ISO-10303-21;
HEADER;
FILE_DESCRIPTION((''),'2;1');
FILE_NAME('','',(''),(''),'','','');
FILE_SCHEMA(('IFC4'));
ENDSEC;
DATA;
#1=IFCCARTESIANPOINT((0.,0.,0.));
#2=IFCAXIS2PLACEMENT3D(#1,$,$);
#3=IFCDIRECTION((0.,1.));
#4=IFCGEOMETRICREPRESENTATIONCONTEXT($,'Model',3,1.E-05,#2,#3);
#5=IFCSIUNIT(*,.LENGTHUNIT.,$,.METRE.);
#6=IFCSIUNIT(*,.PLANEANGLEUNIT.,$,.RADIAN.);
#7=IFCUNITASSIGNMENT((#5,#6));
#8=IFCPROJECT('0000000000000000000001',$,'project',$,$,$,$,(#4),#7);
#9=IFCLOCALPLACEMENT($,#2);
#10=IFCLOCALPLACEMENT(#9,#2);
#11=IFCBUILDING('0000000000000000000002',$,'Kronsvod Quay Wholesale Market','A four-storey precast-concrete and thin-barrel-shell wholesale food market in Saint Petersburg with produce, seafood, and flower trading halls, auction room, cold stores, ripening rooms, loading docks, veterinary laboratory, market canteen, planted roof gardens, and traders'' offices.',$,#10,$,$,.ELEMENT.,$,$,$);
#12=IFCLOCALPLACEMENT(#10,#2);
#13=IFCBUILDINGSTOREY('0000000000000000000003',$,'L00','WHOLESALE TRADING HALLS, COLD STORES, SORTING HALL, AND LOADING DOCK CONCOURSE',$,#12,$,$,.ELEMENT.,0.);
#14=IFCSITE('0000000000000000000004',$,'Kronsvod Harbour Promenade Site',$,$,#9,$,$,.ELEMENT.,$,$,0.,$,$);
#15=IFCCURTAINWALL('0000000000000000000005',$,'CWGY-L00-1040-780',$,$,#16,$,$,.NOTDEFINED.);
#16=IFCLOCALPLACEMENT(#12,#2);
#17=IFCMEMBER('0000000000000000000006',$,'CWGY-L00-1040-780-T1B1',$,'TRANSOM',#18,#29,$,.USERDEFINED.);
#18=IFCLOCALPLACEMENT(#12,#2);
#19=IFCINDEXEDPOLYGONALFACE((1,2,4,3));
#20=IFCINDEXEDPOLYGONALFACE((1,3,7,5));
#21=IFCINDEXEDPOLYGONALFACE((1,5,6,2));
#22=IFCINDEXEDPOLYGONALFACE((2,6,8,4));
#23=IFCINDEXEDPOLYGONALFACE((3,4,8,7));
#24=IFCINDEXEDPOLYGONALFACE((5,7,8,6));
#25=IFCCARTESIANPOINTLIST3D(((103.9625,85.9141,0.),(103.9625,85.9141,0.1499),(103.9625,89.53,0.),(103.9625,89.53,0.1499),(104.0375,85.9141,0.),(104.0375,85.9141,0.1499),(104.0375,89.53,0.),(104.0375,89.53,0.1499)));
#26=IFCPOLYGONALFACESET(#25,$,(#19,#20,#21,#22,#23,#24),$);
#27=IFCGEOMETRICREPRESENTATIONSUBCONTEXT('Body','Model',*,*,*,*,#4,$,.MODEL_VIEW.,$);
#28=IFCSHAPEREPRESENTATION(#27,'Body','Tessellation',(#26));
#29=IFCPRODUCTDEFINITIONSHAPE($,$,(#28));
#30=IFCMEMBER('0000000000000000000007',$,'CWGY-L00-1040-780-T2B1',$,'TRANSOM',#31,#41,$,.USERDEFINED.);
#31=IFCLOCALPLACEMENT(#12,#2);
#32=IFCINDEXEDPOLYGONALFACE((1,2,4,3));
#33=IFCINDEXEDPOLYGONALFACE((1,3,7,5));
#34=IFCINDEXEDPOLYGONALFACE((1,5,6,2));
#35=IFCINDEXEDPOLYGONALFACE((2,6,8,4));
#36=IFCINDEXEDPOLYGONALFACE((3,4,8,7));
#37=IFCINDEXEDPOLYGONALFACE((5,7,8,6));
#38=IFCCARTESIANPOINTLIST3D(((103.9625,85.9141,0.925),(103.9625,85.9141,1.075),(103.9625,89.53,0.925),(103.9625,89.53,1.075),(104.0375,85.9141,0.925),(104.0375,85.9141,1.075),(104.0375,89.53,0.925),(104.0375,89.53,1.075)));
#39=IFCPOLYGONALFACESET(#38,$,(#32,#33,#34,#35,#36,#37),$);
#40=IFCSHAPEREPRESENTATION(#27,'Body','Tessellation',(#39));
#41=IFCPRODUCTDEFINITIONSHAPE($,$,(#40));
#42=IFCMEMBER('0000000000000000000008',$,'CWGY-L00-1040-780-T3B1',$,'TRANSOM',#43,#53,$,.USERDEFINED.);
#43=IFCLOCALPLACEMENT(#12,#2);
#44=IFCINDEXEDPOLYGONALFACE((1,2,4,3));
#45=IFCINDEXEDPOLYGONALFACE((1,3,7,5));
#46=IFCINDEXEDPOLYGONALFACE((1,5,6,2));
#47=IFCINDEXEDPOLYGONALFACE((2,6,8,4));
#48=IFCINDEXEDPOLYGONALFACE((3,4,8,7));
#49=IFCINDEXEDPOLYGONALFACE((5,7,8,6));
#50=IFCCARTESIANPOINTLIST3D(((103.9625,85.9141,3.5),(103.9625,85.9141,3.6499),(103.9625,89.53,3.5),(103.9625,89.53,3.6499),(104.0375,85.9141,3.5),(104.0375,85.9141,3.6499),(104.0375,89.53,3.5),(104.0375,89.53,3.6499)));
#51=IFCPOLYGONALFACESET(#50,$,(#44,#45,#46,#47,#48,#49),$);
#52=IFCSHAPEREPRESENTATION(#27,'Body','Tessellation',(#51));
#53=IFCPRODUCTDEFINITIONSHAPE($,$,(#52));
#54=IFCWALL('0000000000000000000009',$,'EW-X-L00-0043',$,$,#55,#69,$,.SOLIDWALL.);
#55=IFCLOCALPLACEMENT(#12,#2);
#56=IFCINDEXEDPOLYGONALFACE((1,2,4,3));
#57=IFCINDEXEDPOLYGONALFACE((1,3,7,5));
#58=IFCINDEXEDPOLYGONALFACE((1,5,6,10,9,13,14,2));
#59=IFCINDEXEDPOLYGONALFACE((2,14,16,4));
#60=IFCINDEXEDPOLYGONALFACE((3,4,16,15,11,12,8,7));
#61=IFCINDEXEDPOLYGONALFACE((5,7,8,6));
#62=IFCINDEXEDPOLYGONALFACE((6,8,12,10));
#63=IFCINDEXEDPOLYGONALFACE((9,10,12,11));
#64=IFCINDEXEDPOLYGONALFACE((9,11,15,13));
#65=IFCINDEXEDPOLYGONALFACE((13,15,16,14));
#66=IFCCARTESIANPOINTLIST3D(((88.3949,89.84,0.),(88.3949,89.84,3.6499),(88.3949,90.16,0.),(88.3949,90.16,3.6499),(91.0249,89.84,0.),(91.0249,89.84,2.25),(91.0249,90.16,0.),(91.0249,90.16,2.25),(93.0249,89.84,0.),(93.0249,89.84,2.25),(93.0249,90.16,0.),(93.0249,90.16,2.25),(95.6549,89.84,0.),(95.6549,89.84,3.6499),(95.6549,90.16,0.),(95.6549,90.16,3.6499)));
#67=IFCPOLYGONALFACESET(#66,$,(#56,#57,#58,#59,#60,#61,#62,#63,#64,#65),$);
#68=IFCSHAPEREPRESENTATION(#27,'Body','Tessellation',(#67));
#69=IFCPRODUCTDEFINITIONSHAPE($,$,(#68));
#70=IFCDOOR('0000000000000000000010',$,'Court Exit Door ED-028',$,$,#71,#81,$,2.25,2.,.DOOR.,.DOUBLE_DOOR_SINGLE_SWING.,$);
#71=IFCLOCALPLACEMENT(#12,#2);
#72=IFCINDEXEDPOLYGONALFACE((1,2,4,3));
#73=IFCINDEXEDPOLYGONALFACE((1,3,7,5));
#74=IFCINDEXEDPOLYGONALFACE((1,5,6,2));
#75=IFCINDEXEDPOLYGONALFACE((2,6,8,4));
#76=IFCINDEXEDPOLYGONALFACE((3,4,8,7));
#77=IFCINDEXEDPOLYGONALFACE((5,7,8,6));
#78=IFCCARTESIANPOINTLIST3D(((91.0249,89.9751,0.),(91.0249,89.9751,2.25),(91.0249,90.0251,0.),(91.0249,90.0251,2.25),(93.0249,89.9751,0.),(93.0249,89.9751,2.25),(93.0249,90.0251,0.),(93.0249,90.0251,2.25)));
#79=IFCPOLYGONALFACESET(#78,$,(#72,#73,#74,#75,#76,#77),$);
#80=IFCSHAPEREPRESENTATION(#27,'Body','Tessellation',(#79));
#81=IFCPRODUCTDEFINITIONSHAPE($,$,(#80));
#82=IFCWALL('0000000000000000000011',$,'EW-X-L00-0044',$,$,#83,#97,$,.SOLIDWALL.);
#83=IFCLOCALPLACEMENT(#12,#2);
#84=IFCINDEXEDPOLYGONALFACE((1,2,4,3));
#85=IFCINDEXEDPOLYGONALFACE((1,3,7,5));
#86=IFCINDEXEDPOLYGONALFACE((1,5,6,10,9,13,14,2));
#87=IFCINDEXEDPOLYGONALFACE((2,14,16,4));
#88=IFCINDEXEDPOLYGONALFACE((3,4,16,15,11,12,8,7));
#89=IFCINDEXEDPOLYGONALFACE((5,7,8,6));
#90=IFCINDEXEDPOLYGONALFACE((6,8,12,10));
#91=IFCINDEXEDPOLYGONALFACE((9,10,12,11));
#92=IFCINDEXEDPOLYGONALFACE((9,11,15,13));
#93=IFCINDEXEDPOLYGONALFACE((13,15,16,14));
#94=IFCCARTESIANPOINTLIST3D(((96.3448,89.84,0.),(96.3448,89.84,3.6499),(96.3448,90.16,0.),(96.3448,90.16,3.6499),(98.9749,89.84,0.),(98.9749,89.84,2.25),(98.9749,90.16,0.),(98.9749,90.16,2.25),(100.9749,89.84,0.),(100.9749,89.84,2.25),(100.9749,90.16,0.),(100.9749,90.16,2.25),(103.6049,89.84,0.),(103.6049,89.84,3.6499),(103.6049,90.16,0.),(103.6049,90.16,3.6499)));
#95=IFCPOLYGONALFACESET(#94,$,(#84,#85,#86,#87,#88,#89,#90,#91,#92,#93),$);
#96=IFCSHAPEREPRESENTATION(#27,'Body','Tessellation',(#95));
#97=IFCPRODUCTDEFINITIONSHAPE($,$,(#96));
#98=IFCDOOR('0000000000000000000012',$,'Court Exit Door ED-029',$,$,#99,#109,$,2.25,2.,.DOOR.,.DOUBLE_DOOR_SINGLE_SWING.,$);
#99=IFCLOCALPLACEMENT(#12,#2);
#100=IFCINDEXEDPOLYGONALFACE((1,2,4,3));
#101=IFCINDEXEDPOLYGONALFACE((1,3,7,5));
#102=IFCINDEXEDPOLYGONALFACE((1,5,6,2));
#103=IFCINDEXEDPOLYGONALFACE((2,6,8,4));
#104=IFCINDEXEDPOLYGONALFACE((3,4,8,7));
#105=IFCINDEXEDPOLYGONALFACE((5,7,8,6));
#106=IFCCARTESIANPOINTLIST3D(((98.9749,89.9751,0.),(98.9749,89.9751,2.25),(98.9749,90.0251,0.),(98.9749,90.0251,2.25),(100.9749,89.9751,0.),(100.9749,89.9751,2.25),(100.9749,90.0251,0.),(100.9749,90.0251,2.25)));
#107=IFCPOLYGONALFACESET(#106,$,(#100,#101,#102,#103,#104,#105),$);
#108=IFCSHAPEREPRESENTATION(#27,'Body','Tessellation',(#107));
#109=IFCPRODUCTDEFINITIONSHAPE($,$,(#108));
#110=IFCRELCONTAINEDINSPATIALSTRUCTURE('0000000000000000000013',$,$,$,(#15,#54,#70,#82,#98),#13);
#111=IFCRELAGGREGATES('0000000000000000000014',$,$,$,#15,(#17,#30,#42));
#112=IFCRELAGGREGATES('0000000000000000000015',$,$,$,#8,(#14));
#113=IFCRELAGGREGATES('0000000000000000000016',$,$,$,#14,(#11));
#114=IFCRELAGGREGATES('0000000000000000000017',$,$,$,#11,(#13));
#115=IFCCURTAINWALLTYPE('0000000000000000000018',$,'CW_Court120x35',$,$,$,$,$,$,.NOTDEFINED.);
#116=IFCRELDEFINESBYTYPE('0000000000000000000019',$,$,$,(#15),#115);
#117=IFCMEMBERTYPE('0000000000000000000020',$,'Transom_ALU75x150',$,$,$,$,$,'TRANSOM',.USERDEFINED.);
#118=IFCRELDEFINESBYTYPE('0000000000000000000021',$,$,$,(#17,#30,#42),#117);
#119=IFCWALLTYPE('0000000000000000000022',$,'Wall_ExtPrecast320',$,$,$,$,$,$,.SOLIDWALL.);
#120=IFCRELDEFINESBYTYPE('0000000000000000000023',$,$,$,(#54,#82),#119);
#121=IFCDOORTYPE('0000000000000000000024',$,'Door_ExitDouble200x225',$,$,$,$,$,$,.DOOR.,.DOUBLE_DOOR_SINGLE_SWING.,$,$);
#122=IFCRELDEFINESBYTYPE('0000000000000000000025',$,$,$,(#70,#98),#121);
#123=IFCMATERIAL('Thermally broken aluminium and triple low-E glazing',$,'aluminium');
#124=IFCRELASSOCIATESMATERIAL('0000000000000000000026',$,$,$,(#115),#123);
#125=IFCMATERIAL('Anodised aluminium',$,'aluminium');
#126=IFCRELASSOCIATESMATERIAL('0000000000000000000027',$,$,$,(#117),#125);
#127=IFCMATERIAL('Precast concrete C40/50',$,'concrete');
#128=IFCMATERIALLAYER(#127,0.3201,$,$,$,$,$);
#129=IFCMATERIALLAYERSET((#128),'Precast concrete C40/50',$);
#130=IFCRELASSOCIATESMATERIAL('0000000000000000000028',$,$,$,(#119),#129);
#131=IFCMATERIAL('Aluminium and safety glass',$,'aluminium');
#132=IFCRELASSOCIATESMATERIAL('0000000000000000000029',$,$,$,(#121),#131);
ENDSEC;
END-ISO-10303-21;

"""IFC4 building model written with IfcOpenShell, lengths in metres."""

from ifc_helpers import new_model, si_unit, direction, frame, frame_2d, origin, origin_2d, place, context, subcontext, project, spatial, rectangle, extrude, material, layer, layer_set, material_profile, profile_set, type_object, element, fill, aggregate, save


model = new_model("IFC4")

# Units and contexts
model_context = context("Model", 3, precision=1e-05, world=origin(), true_north=direction((0.0, 1.0)))
body_context = subcontext(model_context, "Body", "Model", "MODEL_VIEW")
ifc_project = project(units=[si_unit("LENGTHUNIT", "METRE"), si_unit("PLANEANGLEUNIT", "RADIAN")], contexts=[model_context])

# Site, building, storey
site_placement = place(None, origin())
site = spatial("IfcSite", under=ifc_project, at=site_placement, Name="Kronsvod Harbour Promenade Site", CompositionType="ELEMENT", RefElevation=0.0)
building_placement = place(site_placement, origin())
building = spatial("IfcBuilding", under=site, at=building_placement, Name="Kronsvod Quay Wholesale Market", Description="A four-storey precast-concrete and thin-barrel-shell wholesale food market in Saint Petersburg with produce, seafood, and flower trading halls, auction room, cold stores, ripening rooms, loading docks, veterinary laboratory, market canteen, planted roof gardens, and traders' offices.", CompositionType="ELEMENT")
storey_placement = place(building_placement, origin())
storey = spatial("IfcBuildingStorey", under=building, at=storey_placement, Name="L00", Description="WHOLESALE TRADING HALLS, COLD STORES, SORTING HALL, AND LOADING DOCK CONCOURSE", CompositionType="ELEMENT", Elevation=0.0)

# Shared definitions
ifc_material_1 = material(Name="Thermally broken aluminium and triple low-E glazing", Category="aluminium")
curtain_wall_type = type_object("IfcCurtainWallType", Name="CW_Court120x35", PredefinedType="NOTDEFINED", material=ifc_material_1)

# Curtain wall, members
curtain_wall_1_placement = place(storey_placement, origin())
curtain_wall_1 = element("IfcCurtainWall", 1, at=curtain_wall_1_placement, inside=storey, type_object=curtain_wall_type, Name="CWGY-L00-1040-780", PredefinedType="NOTDEFINED")
ifc_material_2 = material(Name="Anodised aluminium", Category="aluminium")
ifc_material_profile_1 = material_profile(ifc_material_2, rectangle(XDim=0.075, YDim=0.1499, at=origin_2d()), Name="ALUT75x150")
ifc_profile_set_1 = profile_set([ifc_material_profile_1], Name="Anodised aluminium")
member_type_1 = type_object("IfcMemberType", Name="Transom_ALU75x150", ElementType="TRANSOM", PredefinedType="USERDEFINED", material=ifc_profile_set_1)
member_1_placement = place(storey_placement, frame((104.0, 89.53, 0.075), z_axis=(0.0, -1.0, 0.0), x_axis=(1.0, 0.0, 0.0)))
member_1 = element("IfcMember", 2, at=member_1_placement, type_object=member_type_1, Name="CWGY-L00-1040-780-T1B1", ObjectType="TRANSOM", PredefinedType="USERDEFINED", context=body_context, shape_type="SweptSolid", body=[
    extrude(rectangle(XDim=0.075, YDim=0.1499, at=origin_2d()), origin(), (0.0, 0.0, 1.0), 3.616),
])
member_2_placement = place(storey_placement, frame((104.0, 89.53, 1.0), z_axis=(0.0, -1.0, 0.0), x_axis=(1.0, 0.0, 0.0)))
member_2 = element("IfcMember", 3, at=member_2_placement, type_object=member_type_1, Name="CWGY-L00-1040-780-T2B1", ObjectType="TRANSOM", PredefinedType="USERDEFINED", context=body_context, shape_type="SweptSolid", body=[
    extrude(rectangle(XDim=0.075, YDim=0.1499, at=origin_2d()), origin(), (0.0, 0.0, 1.0), 3.616),
])
member_3_placement = place(storey_placement, frame((104.0, 89.53, 3.575), z_axis=(0.0, -1.0, 0.0), x_axis=(1.0, 0.0, 0.0)))
member_3 = element("IfcMember", 4, at=member_3_placement, type_object=member_type_1, Name="CWGY-L00-1040-780-T3B1", ObjectType="TRANSOM", PredefinedType="USERDEFINED", context=body_context, shape_type="SweptSolid", body=[
    extrude(rectangle(XDim=0.075, YDim=0.1499, at=origin_2d()), origin(), (0.0, 0.0, 1.0), 3.616),
])
aggregate(curtain_wall_1, [member_1, member_2, member_3])

# Walls, openings, doors
ifc_material_3 = material(Name="Precast concrete C40/50", Category="concrete")
ifc_layer_1 = layer(ifc_material_3, 0.3201)
ifc_layer_set_1 = layer_set([ifc_layer_1], Name="Precast concrete C40/50")
wall_type_1 = type_object("IfcWallType", Name="Wall_ExtPrecast320", PredefinedType="SOLIDWALL", material=ifc_layer_set_1)
wall_1_placement = place(storey_placement, frame((88.395, 90.0, 0.0), z_axis=(0.0, 0.0, 1.0), x_axis=(1.0, 0.0, 0.0)))
wall_1 = element("IfcWall", 5, at=wall_1_placement, inside=storey, type_object=wall_type_1, Name="EW-X-L00-0043", PredefinedType="SOLIDWALL", context=body_context, shape_type="SweptSolid", body=[
    extrude(rectangle(XDim=7.26, YDim=0.3201, at=frame_2d((3.6299, 0.0))), origin(), (0.0, 0.0, 1.0), 3.6499),
])
opening_1_placement = place(wall_1_placement, frame((2.6299, 0.0, 0.0)))
opening_1 = element("IfcOpeningElement", 6, at=opening_1_placement, cuts=wall_1, PredefinedType="OPENING", context=body_context, shape_type="SweptSolid", body=[
    extrude(rectangle(XDim=2.0, YDim=2.25, at=frame_2d((1.0, 1.125))), frame((0.0, 0.1699, 0.0), z_axis=(0.0, -1.0, 0.0), x_axis=(1.0, 0.0, 0.0)), (0.0, 0.0, 1.0), 0.3401),
])
ifc_material_4 = material(Name="Aluminium and safety glass", Category="aluminium")
door_type_1 = type_object("IfcDoorType", Name="Door_ExitDouble200x225", OperationType="DOUBLE_DOOR_SINGLE_SWING", PredefinedType="DOOR", material=ifc_material_4)
door_1_placement = place(opening_1_placement, frame((2.0, 0.0, 0.0), z_axis=(0.0, 0.0, 1.0), x_axis=(-1.0, 0.0, 0.0)))
door_1 = element("IfcDoor", 7, at=door_1_placement, inside=storey, type_object=door_type_1, Name="Court Exit Door ED-028", OperationType="DOUBLE_DOOR_SINGLE_SWING", OverallHeight=2.25, OverallWidth=2.0, PredefinedType="DOOR", context=body_context, shape_type="SweptSolid", body=[
    extrude(rectangle(XDim=2.0, YDim=2.25, at=frame_2d((1.0, 1.125))), frame((0.0, 0.0249, 0.0), z_axis=(0.0, -1.0, 0.0), x_axis=(1.0, 0.0, 0.0)), (0.0, 0.0, 1.0), 0.05),
])
fill(opening_1, door_1)
wall_2_placement = place(storey_placement, frame((96.345, 90.0, 0.0), z_axis=(0.0, 0.0, 1.0), x_axis=(1.0, 0.0, 0.0)))
wall_2 = element("IfcWall", 8, at=wall_2_placement, inside=storey, type_object=wall_type_1, Name="EW-X-L00-0044", PredefinedType="SOLIDWALL", context=body_context, shape_type="SweptSolid", body=[
    extrude(rectangle(XDim=7.26, YDim=0.3201, at=frame_2d((3.6299, 0.0))), origin(), (0.0, 0.0, 1.0), 3.6499),
])
opening_2_placement = place(wall_2_placement, frame((2.6299, 0.0, 0.0)))
opening_2 = element("IfcOpeningElement", 9, at=opening_2_placement, cuts=wall_2, PredefinedType="OPENING", context=body_context, shape_type="SweptSolid", body=[
    extrude(rectangle(XDim=2.0, YDim=2.25, at=frame_2d((1.0, 1.125))), frame((0.0, 0.1699, 0.0), z_axis=(0.0, -1.0, 0.0), x_axis=(1.0, 0.0, 0.0)), (0.0, 0.0, 1.0), 0.3401),
])
door_2_placement = place(opening_2_placement, frame((2.0, 0.0, 0.0), z_axis=(0.0, 0.0, 1.0), x_axis=(-1.0, 0.0, 0.0)))
door_2 = element("IfcDoor", 10, at=door_2_placement, inside=storey, type_object=door_type_1, Name="Court Exit Door ED-029", OperationType="DOUBLE_DOOR_SINGLE_SWING", OverallHeight=2.25, OverallWidth=2.0, PredefinedType="DOOR", context=body_context, shape_type="SweptSolid", body=[
    extrude(rectangle(XDim=2.0, YDim=2.25, at=frame_2d((1.0, 1.125))), frame((0.0, 0.0249, 0.0), z_axis=(0.0, -1.0, 0.0), x_axis=(1.0, 0.0, 0.0)), (0.0, 0.0, 1.0), 0.05),
])
fill(opening_2, door_2)

save(model, "model.ifc")
